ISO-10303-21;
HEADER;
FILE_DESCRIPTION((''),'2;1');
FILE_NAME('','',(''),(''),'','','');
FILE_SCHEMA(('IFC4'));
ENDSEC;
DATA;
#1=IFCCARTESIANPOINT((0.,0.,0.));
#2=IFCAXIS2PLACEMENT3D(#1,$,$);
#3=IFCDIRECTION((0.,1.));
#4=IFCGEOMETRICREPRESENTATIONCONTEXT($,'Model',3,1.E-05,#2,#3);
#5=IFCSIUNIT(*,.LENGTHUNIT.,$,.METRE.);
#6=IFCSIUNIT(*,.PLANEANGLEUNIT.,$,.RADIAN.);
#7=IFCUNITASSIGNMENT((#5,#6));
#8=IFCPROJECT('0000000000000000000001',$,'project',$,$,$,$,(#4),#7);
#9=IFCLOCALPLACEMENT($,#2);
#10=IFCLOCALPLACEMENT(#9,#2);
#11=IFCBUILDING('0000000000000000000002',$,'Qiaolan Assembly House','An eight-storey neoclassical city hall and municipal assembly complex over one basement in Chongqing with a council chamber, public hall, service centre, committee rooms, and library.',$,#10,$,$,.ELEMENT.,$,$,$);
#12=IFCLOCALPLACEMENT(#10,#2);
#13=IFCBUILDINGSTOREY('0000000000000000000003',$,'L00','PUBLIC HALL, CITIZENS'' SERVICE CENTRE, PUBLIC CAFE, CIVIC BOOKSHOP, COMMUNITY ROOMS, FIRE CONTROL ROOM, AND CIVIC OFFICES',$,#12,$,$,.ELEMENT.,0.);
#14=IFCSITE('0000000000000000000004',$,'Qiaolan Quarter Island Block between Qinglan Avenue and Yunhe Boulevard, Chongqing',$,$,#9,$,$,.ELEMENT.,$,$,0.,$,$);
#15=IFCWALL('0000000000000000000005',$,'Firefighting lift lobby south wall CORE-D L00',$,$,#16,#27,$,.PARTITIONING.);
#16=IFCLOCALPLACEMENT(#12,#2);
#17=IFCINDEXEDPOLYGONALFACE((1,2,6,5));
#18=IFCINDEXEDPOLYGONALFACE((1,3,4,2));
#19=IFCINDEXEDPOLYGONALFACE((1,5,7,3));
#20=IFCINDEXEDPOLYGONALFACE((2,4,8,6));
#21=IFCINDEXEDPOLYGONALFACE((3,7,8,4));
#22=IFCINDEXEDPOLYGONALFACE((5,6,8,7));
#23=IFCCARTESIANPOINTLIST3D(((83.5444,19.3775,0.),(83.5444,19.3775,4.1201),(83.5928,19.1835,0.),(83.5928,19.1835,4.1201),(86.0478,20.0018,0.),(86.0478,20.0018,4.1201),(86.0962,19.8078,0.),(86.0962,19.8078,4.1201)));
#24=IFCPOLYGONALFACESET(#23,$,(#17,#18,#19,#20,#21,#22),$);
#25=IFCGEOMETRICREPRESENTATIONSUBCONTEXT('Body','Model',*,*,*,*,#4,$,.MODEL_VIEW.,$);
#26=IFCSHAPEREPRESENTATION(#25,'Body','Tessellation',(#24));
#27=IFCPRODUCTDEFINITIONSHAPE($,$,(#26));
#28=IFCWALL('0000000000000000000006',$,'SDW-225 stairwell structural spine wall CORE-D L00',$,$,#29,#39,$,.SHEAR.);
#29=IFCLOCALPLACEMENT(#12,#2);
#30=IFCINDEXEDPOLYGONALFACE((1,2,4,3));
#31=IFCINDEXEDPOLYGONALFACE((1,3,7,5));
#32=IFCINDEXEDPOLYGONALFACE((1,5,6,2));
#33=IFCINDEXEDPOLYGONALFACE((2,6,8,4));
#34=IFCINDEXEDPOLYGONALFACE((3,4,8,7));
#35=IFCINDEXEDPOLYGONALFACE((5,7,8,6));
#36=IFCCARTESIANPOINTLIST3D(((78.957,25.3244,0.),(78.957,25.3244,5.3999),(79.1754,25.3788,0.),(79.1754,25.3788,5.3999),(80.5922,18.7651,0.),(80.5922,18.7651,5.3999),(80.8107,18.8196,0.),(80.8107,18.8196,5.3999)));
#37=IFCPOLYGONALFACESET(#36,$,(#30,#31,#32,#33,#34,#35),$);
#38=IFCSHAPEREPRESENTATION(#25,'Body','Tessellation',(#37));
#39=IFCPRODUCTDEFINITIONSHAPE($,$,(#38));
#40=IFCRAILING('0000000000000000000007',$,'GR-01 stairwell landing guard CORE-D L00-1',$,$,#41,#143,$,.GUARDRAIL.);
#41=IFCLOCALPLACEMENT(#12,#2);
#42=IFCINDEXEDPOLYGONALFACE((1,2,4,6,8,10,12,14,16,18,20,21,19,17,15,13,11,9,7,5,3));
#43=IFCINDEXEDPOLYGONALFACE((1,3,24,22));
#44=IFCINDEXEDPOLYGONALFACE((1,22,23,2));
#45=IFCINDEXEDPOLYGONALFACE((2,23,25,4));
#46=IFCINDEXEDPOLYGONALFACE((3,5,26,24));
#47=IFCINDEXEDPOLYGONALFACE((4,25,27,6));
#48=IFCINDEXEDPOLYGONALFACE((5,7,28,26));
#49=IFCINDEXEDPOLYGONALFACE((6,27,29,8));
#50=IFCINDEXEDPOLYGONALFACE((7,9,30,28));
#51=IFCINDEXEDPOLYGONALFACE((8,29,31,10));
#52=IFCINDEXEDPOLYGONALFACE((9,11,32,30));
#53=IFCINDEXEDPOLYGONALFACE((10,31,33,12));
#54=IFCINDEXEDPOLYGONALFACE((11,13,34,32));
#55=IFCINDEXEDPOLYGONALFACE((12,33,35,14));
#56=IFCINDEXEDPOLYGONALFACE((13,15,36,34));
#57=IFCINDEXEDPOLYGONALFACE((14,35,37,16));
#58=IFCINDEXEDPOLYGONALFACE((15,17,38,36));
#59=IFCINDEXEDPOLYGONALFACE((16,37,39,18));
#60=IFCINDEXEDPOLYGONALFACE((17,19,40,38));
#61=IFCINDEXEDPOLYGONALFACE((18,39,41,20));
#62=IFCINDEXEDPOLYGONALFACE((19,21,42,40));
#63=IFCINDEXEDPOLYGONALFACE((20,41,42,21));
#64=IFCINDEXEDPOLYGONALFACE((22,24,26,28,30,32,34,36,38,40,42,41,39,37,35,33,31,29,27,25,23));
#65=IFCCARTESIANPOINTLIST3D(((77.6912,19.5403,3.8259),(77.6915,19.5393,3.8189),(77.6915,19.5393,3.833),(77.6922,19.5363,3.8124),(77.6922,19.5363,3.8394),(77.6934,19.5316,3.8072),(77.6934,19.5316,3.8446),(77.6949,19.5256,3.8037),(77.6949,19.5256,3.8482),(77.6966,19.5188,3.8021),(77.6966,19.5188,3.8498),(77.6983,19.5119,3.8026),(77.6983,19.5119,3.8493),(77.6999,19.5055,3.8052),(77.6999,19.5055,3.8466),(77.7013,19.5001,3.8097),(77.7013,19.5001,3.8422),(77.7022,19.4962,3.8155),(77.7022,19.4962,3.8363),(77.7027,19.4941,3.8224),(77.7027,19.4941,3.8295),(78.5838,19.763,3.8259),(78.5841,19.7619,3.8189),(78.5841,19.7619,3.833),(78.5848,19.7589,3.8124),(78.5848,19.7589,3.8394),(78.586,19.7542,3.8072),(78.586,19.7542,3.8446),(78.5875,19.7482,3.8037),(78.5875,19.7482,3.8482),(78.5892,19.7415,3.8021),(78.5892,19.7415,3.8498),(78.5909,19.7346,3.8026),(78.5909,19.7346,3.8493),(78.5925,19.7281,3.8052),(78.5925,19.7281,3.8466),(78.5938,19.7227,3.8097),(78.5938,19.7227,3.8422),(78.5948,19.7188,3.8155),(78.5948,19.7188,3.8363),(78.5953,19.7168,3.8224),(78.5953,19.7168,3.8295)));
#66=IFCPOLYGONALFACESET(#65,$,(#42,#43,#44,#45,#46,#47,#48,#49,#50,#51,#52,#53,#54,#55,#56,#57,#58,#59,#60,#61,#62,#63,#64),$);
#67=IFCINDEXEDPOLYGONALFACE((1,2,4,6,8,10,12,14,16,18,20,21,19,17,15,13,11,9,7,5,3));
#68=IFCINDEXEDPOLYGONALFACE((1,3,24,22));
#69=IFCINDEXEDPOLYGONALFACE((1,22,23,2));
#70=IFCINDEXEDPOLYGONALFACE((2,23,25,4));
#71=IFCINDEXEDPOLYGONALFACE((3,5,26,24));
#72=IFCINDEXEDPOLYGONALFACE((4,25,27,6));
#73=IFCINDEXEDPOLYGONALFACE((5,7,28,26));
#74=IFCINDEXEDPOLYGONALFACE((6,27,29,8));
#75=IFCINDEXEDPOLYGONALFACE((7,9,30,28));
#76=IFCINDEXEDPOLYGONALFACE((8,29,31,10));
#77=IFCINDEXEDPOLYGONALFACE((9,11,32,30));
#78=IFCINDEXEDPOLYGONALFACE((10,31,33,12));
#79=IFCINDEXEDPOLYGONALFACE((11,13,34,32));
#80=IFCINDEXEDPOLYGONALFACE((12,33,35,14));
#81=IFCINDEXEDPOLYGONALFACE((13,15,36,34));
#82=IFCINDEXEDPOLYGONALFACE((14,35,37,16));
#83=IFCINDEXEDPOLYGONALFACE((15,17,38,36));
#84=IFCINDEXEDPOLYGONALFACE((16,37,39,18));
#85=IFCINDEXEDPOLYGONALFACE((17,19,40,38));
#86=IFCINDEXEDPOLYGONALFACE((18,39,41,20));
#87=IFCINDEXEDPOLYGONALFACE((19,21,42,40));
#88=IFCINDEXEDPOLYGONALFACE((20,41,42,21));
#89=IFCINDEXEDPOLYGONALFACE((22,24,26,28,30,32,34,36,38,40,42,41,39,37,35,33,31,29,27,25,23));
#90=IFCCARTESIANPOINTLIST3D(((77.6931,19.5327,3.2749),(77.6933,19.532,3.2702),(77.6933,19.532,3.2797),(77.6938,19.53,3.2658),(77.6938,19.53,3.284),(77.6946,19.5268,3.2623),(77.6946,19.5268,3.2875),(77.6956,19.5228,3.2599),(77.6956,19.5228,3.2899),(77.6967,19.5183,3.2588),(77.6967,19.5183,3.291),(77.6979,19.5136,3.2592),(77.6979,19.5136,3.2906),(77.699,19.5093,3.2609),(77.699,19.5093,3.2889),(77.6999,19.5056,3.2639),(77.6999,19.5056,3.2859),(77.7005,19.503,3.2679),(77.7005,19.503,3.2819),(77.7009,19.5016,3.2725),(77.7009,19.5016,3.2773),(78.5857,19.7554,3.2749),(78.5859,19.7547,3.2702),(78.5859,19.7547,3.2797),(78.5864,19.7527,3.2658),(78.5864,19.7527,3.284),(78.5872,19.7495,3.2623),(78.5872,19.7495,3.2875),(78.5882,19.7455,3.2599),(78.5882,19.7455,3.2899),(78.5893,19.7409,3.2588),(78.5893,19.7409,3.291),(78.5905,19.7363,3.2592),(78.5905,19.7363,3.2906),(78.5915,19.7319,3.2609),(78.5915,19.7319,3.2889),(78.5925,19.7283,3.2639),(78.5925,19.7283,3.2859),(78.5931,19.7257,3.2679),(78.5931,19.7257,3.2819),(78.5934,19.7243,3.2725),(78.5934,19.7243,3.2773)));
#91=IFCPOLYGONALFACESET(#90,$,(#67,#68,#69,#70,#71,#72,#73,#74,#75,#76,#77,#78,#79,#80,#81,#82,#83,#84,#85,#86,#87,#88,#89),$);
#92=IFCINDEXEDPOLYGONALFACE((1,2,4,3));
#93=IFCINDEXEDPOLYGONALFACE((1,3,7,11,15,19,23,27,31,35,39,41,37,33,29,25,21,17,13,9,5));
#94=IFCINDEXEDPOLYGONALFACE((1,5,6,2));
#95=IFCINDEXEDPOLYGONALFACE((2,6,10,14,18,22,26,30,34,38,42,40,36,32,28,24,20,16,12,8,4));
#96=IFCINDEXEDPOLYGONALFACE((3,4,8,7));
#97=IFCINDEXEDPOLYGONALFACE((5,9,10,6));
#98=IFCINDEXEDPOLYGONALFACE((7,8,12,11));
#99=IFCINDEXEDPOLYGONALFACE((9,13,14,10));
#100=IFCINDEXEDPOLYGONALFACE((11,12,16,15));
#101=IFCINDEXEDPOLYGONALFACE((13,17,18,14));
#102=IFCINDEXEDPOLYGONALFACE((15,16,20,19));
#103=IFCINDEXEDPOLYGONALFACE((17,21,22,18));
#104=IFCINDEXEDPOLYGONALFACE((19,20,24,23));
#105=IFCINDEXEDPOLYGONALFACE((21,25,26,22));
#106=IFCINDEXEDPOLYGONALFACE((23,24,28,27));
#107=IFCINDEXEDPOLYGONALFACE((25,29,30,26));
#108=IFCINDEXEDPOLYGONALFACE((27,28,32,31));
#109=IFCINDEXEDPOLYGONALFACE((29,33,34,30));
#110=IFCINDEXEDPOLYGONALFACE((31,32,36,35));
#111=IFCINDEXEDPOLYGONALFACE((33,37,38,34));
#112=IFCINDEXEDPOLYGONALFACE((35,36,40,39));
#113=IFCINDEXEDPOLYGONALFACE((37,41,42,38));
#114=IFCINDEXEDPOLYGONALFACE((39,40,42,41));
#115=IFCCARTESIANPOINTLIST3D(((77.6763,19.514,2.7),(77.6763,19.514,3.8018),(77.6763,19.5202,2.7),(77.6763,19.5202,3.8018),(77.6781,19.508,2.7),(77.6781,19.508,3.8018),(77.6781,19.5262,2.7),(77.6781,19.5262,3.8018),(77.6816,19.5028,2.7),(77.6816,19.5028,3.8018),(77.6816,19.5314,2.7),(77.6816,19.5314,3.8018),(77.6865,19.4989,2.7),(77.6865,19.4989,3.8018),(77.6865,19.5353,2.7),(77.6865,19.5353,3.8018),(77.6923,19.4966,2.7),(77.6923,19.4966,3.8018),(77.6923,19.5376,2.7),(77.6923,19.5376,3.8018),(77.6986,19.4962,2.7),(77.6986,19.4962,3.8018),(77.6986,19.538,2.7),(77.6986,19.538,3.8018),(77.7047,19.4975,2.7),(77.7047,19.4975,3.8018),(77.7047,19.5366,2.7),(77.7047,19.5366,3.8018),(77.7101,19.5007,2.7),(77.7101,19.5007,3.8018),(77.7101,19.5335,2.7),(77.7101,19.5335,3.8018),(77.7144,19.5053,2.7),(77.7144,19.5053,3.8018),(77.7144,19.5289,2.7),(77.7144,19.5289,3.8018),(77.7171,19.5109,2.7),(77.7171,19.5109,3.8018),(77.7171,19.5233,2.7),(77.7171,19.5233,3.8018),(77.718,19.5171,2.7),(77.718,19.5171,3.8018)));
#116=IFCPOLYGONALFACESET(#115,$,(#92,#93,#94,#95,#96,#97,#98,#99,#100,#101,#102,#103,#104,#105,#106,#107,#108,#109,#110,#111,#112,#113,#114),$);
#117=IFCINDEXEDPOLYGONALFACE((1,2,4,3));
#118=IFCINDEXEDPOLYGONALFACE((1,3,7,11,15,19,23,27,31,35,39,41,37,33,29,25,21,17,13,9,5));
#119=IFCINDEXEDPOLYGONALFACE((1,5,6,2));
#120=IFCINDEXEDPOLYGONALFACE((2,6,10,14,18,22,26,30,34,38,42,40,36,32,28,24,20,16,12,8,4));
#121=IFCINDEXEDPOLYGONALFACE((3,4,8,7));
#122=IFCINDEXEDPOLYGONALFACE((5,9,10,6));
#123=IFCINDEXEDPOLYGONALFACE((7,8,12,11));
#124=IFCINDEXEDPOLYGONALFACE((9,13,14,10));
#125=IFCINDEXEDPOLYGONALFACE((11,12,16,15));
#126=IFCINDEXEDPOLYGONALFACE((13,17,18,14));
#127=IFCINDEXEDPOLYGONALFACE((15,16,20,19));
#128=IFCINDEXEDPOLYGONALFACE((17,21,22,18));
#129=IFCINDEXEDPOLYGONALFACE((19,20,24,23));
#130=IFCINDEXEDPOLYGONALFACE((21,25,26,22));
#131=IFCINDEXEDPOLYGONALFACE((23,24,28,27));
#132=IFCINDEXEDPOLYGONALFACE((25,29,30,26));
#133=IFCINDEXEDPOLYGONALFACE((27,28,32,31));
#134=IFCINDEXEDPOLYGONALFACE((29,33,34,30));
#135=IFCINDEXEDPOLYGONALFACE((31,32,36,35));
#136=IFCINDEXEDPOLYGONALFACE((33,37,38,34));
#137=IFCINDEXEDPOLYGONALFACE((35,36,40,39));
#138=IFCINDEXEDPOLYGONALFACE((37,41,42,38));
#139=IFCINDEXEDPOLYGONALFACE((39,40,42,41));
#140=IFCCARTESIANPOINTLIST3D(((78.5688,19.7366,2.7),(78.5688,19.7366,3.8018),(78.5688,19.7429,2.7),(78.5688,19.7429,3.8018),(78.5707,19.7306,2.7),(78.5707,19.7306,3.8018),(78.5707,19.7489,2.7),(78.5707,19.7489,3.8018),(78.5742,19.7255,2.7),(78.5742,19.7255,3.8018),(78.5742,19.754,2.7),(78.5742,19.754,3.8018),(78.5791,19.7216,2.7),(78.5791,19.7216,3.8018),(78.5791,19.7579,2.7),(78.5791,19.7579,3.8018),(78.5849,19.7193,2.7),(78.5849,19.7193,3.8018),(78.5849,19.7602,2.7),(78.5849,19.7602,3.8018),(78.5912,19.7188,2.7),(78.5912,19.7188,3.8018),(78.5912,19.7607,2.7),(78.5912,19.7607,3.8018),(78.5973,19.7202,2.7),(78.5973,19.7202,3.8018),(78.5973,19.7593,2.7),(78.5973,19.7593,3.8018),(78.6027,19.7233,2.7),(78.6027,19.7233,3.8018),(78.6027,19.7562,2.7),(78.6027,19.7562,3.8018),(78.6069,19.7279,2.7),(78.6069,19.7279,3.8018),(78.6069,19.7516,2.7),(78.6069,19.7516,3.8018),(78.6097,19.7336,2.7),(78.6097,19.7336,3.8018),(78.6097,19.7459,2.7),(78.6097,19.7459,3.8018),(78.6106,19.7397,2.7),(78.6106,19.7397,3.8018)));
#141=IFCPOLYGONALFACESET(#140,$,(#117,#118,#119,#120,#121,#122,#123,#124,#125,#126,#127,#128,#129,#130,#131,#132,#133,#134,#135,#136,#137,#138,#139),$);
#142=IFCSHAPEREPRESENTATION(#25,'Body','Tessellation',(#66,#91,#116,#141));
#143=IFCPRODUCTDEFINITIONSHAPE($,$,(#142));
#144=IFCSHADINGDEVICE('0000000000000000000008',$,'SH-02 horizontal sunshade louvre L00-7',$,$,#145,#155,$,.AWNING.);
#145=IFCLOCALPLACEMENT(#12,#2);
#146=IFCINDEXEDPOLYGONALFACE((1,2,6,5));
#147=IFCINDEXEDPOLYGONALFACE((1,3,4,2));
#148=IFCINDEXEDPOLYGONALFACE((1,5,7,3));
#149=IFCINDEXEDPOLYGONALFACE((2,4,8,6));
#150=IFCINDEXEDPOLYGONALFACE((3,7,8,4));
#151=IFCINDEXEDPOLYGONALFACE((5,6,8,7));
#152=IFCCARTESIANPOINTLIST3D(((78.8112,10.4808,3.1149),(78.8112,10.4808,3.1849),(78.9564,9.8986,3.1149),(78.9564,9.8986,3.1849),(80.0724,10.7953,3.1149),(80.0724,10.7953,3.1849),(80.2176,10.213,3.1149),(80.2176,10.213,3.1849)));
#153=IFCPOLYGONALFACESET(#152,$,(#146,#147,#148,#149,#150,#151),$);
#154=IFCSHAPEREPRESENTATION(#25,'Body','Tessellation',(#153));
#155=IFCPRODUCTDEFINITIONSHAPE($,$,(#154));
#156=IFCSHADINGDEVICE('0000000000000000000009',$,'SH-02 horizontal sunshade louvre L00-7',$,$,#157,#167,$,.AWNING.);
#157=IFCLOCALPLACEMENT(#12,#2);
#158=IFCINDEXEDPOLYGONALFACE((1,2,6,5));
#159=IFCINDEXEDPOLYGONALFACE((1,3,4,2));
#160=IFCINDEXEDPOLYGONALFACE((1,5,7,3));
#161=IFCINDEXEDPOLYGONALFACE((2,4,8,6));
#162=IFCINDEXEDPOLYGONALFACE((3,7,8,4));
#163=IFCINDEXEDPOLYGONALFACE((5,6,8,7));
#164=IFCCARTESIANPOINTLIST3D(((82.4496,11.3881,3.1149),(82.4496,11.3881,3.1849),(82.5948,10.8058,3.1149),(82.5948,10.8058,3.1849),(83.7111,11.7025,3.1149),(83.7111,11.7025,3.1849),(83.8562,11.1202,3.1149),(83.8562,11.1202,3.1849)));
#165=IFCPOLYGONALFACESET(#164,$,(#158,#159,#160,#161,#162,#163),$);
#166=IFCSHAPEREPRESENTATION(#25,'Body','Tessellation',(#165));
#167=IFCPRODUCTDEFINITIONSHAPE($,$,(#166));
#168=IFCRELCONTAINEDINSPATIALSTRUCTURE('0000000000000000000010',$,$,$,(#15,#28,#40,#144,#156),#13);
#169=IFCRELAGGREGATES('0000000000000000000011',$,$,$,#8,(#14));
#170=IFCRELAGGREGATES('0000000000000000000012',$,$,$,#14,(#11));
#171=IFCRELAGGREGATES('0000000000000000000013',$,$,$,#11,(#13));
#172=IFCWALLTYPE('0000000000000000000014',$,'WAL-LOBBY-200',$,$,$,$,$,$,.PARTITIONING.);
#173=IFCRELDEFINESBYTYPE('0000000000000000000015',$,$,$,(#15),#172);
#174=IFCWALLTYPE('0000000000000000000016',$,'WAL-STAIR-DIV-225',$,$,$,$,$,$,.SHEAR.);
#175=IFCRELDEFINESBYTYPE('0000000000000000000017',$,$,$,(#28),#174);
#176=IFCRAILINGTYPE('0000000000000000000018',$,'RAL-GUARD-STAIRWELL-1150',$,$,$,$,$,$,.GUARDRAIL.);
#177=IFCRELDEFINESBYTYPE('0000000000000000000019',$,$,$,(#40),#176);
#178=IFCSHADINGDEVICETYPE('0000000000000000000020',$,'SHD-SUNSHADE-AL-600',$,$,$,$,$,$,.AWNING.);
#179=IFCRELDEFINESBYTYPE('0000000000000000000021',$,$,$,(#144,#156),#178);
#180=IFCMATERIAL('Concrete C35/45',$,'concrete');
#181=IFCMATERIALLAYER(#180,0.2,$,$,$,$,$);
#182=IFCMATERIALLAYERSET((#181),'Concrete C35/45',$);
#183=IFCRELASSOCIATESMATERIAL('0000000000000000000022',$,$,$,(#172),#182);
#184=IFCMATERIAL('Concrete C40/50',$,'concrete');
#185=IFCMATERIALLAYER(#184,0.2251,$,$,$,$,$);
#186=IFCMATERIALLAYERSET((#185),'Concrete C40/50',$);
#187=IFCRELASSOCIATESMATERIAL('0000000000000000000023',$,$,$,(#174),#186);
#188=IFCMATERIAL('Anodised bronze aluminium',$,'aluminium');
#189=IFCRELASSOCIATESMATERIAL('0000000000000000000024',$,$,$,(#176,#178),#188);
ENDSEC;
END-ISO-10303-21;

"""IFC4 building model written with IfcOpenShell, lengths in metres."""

from ifc_helpers import new_model, si_unit, direction, frame, frame_2d, origin, origin_2d, place, context, subcontext, project, spatial, rectangle, circle, extrude, material, layer, layer_set, material_profile, profile_set, type_object, element, save


model = new_model("IFC4")

# Units and contexts
model_context = context("Model", 3, precision=1e-05, world=origin(), true_north=direction((0.0, 1.0)))
body_context = subcontext(model_context, "Body", "Model", "MODEL_VIEW")
ifc_project = project(units=[si_unit("LENGTHUNIT", "METRE"), si_unit("PLANEANGLEUNIT", "RADIAN")], contexts=[model_context])

# Site, building, storey
site_placement = place(None, origin())
site = spatial("IfcSite", under=ifc_project, at=site_placement, Name="Qiaolan Quarter Island Block between Qinglan Avenue and Yunhe Boulevard, Chongqing", CompositionType="ELEMENT", RefElevation=0.0)
building_placement = place(site_placement, origin())
building = spatial("IfcBuilding", under=site, at=building_placement, Name="Qiaolan Assembly House", Description="An eight-storey neoclassical city hall and municipal assembly complex over one basement in Chongqing with a council chamber, public hall, service centre, committee rooms, and library.", CompositionType="ELEMENT")
storey_placement = place(building_placement, origin())
storey = spatial("IfcBuildingStorey", under=building, at=storey_placement, Name="L00", Description="PUBLIC HALL, CITIZENS' SERVICE CENTRE, PUBLIC CAFE, CIVIC BOOKSHOP, COMMUNITY ROOMS, FIRE CONTROL ROOM, AND CIVIC OFFICES", CompositionType="ELEMENT", Elevation=0.0)

# Shared definitions
ifc_material_1 = material(Name="Concrete C40/50", Category="concrete")

# Shared definitions
ifc_material_2 = material(Name="Anodised bronze aluminium", Category="aluminium")

# Walls
ifc_material_3 = material(Name="Concrete C35/45", Category="concrete")
ifc_layer_1 = layer(ifc_material_3, 0.2)
ifc_layer_set_1 = layer_set([ifc_layer_1], Name="Concrete C35/45")
wall_type_1 = type_object("IfcWallType", Name="WAL-LOBBY-200", PredefinedType="PARTITIONING", material=ifc_layer_set_1)
wall_1_placement = place(storey_placement, frame((83.5686, 19.2805, 0.0), z_axis=(0.0, 0.0, 1.0), x_axis=(0.970287, 0.241957, 0.0)))
element("IfcWall", 1, at=wall_1_placement, inside=storey, type_object=wall_type_1, Name="Firefighting lift lobby south wall CORE-D L00", PredefinedType="PARTITIONING", context=body_context, shape_type="SweptSolid", body=[
    extrude(rectangle(XDim=2.5801, YDim=0.2, at=frame_2d((1.29, 0.0))), origin(), (0.0, 0.0, 1.0), 4.1201),
])
ifc_layer_2 = layer(ifc_material_1, 0.2251)
ifc_layer_set_2 = layer_set([ifc_layer_2], Name="Concrete C40/50")
wall_type_2 = type_object("IfcWallType", Name="WAL-STAIR-DIV-225", PredefinedType="SHEAR", material=ifc_layer_set_2)
wall_2_placement = place(storey_placement, frame((80.7014, 18.7925, 0.0), z_axis=(0.0, 0.0, 1.0), x_axis=(-0.241898, 0.970302, 0.0)))
element("IfcWall", 2, at=wall_2_placement, inside=storey, type_object=wall_type_2, Name="SDW-225 stairwell structural spine wall CORE-D L00", PredefinedType="SHEAR", context=body_context, shape_type="SweptSolid", body=[
    extrude(rectangle(XDim=6.76, YDim=0.2251, at=frame_2d((3.3799, 0.0))), origin(), (0.0, 0.0, 1.0), 5.3999),
])

# Railing
railing_type = type_object("IfcRailingType", Name="RAL-GUARD-STAIRWELL-1150", PredefinedType="GUARDRAIL", material=ifc_material_2)
railing_placement = place(storey_placement, frame((77.697, 19.5171, 2.7)))
element("IfcRailing", 3, at=railing_placement, inside=storey, type_object=railing_type, Name="GR-01 stairwell landing guard CORE-D L00-1", PredefinedType="GUARDRAIL", context=body_context, shape_type="SweptSolid", body=[
    extrude(circle(Radius=0.0239, at=origin_2d()), frame((0.0, 0.0, 1.126), z_axis=(0.970267, 0.242036, 0.0), x_axis=(-0.242036, 0.970267, 0.0)), (0.0, 0.0, 1.0), 0.9199),
    extrude(circle(Radius=0.0161, at=origin_2d()), frame((0.0, 0.0, 0.575), z_axis=(0.970267, 0.242036, 0.0), x_axis=(-0.242036, 0.970267, 0.0)), (0.0, 0.0, 1.0), 0.9199),
    extrude(circle(Radius=0.021, at=origin_2d()), origin(), (0.0, 0.0, 1.0), 1.1018),
    extrude(circle(Radius=0.021, at=origin_2d()), frame((0.8926, 0.2227, 0.0)), (0.0, 0.0, 1.0), 1.1018),
])

# Shading devices
ifc_material_profile_1 = material_profile(ifc_material_2, rectangle(XDim=0.6001, YDim=0.0701, at=origin_2d()), Name="SHD 600x70")
ifc_profile_set_1 = profile_set([ifc_material_profile_1], Name="Anodised bronze aluminium")
shading_device_type = type_object("IfcShadingDeviceType", Name="SHD-SUNSHADE-AL-600", PredefinedType="AWNING", material=ifc_profile_set_1)
shading_device_1_placement = place(storey_placement, frame((78.8838, 10.1897, 3.1499), z_axis=(0.970297, 0.241917, 0.0), x_axis=(-0.241917, 0.970297, 0.0)))
element("IfcShadingDevice", 4, at=shading_device_1_placement, inside=storey, type_object=shading_device_type, Name="SH-02 horizontal sunshade louvre L00-7", PredefinedType="AWNING", context=body_context, shape_type="SweptSolid", body=[
    extrude(rectangle(XDim=0.6001, YDim=0.0701, at=origin_2d()), origin(), (0.0, 0.0, 1.0), 1.2998),
])
shading_device_2_placement = place(storey_placement, frame((82.5222, 11.0969, 3.1499), z_axis=(0.970308, 0.241873, 0.0), x_axis=(-0.241873, 0.970308, 0.0)))
element("IfcShadingDevice", 5, at=shading_device_2_placement, inside=storey, type_object=shading_device_type, Name="SH-02 horizontal sunshade louvre L00-7", PredefinedType="AWNING", context=body_context, shape_type="SweptSolid", body=[
    extrude(rectangle(XDim=0.6001, YDim=0.0701, at=origin_2d()), origin(), (0.0, 0.0, 1.0), 1.3),
])

save(model, "model.ifc")
